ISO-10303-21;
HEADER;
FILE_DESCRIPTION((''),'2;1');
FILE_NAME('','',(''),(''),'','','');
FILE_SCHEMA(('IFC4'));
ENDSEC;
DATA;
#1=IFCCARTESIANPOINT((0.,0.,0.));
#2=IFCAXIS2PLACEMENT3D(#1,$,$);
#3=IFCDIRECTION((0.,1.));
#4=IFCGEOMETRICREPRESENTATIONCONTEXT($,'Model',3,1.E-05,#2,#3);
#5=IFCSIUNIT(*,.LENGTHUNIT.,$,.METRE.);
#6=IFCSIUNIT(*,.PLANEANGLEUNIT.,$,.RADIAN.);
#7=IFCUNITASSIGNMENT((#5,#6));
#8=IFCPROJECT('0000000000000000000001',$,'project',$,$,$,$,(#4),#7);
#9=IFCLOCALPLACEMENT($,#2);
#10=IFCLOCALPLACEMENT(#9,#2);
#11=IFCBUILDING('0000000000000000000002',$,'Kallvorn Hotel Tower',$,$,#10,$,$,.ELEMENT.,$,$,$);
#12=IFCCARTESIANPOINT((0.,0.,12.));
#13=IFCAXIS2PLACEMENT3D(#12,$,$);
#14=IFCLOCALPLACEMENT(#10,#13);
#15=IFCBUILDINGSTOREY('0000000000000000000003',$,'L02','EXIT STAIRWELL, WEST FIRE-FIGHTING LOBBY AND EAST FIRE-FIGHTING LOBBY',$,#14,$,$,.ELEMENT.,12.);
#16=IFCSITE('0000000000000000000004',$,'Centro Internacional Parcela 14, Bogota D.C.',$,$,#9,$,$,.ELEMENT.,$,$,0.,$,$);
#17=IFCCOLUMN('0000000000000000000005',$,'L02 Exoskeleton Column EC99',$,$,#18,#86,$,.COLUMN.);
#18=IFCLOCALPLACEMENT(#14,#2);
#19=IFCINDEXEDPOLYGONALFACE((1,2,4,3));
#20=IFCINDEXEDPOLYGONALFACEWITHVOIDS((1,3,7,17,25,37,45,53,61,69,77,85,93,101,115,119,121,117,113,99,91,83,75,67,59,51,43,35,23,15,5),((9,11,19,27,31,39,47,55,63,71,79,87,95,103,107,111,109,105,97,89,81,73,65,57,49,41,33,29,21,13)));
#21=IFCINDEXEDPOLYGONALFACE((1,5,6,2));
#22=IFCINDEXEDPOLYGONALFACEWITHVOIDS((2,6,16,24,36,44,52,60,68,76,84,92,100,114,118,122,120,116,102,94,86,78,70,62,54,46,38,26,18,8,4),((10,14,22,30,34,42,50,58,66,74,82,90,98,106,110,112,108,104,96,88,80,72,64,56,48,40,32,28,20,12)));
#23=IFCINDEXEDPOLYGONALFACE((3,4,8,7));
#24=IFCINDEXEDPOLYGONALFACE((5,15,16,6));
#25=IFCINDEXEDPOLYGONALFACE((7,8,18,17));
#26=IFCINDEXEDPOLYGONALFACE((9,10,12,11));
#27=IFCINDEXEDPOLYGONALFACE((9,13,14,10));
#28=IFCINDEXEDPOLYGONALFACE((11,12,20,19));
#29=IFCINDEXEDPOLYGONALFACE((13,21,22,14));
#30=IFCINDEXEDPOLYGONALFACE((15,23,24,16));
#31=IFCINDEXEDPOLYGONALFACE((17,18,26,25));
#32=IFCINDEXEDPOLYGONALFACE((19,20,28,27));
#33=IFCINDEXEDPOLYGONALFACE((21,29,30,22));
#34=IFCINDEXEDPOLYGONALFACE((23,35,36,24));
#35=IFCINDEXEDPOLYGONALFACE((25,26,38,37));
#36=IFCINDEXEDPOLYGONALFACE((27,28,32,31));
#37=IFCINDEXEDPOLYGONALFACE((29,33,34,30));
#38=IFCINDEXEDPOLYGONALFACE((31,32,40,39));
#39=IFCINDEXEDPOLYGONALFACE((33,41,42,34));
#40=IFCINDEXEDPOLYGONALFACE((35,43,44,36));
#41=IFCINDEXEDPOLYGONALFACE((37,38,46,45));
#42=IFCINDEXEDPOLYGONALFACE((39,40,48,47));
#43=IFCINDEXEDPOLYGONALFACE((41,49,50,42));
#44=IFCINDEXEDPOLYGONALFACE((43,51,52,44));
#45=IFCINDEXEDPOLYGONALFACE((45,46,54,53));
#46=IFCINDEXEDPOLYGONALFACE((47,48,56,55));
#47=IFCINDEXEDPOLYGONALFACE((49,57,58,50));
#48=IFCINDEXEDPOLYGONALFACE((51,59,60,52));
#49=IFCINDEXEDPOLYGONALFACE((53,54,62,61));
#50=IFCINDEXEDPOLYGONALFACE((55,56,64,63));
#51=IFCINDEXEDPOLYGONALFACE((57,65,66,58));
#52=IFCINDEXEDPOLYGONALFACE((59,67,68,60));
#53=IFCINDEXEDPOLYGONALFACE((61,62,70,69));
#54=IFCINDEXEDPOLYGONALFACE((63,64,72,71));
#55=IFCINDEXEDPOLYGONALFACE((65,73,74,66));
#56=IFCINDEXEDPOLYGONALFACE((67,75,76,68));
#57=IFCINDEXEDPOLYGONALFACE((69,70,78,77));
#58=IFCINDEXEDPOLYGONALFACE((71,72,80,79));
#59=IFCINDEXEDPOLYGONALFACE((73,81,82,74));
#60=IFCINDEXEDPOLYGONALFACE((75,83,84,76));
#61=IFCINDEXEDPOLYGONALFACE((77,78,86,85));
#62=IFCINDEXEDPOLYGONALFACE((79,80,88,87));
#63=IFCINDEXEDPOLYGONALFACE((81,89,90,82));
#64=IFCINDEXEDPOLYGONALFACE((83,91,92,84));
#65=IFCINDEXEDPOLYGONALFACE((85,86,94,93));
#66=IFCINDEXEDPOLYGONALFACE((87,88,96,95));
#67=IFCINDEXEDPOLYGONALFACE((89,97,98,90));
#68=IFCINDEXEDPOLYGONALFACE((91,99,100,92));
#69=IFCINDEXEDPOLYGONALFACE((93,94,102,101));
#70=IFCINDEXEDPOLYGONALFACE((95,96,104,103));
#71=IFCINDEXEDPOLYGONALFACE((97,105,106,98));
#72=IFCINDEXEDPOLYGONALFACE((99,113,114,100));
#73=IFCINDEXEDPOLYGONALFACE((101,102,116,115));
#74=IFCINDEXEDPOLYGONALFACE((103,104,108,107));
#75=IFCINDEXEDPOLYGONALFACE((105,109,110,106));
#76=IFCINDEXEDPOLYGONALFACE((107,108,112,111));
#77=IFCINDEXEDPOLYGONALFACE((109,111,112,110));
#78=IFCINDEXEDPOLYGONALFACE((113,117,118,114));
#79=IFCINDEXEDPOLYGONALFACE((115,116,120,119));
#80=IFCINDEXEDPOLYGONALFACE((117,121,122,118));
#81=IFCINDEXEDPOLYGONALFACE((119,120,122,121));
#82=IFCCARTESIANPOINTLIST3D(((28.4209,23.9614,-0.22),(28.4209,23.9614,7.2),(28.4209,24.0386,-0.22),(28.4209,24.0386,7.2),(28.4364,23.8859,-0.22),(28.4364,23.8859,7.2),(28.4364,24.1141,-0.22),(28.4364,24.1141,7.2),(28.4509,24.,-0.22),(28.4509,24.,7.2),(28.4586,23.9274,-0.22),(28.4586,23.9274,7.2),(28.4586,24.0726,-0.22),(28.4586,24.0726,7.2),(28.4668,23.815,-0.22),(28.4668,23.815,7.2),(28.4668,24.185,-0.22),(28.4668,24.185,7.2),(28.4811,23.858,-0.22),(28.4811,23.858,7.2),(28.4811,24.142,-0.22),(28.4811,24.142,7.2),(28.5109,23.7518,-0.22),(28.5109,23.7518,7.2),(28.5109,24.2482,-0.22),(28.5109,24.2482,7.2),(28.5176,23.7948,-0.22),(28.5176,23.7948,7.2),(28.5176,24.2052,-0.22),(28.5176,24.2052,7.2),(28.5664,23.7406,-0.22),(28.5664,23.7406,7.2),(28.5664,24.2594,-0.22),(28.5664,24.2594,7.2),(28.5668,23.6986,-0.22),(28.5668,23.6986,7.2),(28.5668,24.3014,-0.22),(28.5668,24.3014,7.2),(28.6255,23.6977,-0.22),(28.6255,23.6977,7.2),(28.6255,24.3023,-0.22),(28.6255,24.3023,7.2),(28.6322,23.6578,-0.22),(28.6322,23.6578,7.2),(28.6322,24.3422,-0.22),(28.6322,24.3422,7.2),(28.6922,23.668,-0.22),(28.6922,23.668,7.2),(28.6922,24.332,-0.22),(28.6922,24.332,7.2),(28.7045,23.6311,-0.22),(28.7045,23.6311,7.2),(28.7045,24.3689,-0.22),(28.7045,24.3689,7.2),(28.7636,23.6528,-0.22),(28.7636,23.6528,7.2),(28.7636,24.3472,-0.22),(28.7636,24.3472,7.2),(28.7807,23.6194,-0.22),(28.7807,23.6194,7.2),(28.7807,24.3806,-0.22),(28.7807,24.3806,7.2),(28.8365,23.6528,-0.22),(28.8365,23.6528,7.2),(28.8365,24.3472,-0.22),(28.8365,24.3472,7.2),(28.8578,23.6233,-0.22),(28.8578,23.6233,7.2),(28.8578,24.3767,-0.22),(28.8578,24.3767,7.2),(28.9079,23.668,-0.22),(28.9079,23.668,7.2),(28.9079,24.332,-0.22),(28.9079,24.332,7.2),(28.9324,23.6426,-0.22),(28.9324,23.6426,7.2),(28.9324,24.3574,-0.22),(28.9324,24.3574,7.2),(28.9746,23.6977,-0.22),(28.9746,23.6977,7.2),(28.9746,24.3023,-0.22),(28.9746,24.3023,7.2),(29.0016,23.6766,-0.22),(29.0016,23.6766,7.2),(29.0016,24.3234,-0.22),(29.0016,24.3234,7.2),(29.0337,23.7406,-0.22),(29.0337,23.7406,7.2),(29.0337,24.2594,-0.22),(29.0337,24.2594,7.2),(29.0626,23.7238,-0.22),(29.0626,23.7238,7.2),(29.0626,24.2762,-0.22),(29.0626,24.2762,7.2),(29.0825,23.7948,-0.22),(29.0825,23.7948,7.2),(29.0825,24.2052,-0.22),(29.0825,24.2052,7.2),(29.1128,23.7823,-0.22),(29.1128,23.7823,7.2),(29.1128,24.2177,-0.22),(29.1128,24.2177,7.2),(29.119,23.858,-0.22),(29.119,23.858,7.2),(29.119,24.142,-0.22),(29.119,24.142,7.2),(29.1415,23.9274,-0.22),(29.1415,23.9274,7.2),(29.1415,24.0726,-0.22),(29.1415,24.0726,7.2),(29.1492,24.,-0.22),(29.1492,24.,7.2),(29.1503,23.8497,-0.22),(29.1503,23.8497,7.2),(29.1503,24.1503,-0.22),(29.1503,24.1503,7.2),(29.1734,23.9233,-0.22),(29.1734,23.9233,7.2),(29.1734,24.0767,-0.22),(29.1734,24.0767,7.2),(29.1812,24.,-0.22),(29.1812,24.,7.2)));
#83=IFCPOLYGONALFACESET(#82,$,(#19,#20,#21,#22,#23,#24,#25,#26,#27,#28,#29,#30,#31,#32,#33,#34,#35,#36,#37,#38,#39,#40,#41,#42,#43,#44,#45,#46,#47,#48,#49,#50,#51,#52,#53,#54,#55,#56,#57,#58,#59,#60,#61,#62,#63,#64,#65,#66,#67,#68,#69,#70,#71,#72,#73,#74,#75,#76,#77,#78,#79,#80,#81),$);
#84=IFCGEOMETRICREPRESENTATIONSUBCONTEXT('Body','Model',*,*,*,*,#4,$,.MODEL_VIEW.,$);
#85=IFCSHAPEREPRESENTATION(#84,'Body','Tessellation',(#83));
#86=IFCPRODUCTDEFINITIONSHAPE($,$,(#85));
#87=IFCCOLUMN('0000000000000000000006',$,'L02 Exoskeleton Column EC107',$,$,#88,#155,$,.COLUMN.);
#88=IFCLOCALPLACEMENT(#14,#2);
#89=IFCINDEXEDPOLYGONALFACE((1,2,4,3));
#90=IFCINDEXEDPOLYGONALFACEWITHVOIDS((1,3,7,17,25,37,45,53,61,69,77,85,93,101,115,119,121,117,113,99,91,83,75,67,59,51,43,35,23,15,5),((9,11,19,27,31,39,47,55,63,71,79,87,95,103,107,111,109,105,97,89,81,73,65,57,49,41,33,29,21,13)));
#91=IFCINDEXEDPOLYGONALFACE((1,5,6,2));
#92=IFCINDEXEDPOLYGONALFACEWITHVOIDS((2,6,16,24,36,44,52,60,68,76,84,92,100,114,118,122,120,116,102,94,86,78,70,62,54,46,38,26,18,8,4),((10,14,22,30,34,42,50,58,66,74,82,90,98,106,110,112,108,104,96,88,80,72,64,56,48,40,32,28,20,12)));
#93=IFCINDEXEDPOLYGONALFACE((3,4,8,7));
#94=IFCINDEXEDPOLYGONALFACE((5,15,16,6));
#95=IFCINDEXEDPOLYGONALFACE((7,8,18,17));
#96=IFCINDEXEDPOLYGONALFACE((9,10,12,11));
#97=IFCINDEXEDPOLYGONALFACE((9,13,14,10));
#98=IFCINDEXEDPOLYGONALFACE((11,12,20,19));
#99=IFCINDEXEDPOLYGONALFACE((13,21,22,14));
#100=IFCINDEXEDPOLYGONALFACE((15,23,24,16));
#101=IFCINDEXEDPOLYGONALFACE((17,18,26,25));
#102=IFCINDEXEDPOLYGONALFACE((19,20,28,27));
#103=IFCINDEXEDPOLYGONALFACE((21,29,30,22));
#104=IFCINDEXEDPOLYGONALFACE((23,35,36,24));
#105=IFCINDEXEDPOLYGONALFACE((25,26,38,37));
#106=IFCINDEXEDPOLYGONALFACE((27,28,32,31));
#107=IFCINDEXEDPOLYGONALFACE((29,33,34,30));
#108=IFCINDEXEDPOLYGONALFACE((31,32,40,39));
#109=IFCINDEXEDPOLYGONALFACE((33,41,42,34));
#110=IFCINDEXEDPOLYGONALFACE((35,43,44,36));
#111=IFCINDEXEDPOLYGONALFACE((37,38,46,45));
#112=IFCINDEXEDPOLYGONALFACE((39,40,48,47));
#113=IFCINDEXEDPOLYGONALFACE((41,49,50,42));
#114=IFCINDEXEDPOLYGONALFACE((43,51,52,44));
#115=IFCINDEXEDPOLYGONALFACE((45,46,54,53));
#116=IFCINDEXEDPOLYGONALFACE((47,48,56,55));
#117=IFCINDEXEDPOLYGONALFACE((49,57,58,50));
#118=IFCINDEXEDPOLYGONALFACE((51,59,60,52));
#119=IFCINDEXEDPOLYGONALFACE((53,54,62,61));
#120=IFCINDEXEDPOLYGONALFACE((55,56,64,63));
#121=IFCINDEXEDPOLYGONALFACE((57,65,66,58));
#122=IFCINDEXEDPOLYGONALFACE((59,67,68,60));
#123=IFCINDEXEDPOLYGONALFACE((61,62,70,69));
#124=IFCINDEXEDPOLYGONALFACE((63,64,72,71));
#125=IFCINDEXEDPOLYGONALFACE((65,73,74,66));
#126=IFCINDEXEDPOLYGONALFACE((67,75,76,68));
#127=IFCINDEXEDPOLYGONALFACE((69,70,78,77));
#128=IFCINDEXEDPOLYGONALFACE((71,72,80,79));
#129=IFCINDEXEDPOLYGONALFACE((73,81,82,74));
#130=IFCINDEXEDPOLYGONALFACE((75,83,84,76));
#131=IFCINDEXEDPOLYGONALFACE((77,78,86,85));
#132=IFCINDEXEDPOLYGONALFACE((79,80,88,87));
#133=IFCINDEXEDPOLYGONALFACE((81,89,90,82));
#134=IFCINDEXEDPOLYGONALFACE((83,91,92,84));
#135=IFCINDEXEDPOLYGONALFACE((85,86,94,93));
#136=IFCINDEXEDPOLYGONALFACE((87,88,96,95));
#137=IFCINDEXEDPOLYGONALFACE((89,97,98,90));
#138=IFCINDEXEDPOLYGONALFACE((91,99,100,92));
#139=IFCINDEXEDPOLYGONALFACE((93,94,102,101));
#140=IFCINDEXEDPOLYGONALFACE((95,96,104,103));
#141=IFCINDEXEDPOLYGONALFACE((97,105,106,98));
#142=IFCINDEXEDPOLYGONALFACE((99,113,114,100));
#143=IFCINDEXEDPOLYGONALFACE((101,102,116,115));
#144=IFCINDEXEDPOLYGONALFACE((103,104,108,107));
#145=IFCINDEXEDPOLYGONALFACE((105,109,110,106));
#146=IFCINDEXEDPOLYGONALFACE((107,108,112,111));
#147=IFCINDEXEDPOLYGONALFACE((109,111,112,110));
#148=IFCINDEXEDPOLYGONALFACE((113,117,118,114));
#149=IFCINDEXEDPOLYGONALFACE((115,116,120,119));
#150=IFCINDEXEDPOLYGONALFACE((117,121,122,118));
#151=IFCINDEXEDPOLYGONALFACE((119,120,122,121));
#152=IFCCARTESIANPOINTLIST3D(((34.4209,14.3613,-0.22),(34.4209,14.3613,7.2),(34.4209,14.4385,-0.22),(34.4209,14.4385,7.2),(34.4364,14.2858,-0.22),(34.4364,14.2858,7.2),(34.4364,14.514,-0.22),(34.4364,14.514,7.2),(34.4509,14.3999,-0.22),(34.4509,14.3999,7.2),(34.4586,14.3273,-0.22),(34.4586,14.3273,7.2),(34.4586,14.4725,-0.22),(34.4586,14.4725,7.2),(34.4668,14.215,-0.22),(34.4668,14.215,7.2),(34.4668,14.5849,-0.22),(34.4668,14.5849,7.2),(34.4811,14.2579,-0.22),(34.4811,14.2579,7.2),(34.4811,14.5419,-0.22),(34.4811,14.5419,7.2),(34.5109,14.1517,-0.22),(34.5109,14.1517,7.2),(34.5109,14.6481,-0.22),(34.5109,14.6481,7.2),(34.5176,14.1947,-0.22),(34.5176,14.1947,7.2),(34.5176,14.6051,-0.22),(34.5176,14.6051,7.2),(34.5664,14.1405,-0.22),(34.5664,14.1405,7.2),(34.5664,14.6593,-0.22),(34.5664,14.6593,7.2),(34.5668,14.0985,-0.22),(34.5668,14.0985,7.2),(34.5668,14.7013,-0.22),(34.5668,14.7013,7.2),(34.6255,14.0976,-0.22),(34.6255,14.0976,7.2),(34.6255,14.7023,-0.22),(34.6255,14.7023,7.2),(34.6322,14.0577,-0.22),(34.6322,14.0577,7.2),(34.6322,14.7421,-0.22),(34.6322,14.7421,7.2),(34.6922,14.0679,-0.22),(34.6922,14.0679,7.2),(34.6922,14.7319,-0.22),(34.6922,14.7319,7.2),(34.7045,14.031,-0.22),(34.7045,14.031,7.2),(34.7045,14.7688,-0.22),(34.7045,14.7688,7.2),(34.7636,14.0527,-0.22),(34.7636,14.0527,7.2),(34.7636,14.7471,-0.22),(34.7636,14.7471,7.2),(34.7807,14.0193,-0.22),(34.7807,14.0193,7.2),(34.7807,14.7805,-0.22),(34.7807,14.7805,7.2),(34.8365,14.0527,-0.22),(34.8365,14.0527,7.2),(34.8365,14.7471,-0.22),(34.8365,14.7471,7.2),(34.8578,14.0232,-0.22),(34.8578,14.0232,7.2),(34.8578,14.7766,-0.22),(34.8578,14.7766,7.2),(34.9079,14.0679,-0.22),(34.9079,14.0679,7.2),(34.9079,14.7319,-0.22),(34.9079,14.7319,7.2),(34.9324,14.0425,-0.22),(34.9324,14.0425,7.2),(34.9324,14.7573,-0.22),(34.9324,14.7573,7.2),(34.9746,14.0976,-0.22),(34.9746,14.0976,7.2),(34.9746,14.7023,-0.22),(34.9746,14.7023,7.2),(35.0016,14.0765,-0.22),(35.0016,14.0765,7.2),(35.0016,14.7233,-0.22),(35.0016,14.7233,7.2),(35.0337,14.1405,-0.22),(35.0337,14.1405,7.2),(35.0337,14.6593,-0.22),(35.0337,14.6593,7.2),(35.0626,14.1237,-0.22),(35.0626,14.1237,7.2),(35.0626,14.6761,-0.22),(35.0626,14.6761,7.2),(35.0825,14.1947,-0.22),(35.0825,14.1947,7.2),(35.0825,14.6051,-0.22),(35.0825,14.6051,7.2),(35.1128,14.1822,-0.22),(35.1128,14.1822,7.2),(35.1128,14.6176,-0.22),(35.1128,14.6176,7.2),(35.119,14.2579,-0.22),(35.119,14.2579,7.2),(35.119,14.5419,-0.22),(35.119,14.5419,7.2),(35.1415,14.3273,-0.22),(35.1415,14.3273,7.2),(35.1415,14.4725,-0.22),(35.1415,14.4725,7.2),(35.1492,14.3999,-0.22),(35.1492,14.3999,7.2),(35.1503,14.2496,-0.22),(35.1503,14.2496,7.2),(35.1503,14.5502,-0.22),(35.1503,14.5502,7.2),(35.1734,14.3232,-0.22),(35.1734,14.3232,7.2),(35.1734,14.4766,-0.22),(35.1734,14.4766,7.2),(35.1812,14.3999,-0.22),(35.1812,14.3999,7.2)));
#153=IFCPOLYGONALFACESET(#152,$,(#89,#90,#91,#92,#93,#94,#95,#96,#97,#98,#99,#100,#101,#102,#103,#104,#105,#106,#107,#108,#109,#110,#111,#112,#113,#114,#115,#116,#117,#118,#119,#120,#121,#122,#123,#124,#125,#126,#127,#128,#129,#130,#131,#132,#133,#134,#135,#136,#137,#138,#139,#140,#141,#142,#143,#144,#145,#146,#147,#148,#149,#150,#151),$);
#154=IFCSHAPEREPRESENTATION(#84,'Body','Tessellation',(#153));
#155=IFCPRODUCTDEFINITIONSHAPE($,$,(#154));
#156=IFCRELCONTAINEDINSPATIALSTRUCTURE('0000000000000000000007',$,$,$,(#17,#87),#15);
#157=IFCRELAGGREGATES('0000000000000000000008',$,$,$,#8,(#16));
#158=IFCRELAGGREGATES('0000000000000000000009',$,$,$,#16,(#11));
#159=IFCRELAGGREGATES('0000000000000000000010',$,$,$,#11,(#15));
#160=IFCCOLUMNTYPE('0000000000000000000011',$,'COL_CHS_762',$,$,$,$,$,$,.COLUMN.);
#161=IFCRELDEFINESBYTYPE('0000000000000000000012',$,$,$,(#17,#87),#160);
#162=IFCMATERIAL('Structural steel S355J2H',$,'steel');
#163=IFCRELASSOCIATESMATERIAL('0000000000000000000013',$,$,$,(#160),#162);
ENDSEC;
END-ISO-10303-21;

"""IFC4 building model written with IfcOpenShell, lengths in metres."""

from ifc_helpers import new_model, si_unit, direction, frame, origin, origin_2d, place, context, subcontext, project, spatial, hollow_circle, extrude, material, material_profile, profile_set, type_object, element, save


model = new_model("IFC4")

# Units and contexts
model_context = context("Model", 3, precision=1e-05, world=origin(), true_north=direction((0.0, 1.0)))
body_context = subcontext(model_context, "Body", "Model", "MODEL_VIEW")
ifc_project = project(units=[si_unit("LENGTHUNIT", "METRE"), si_unit("PLANEANGLEUNIT", "RADIAN")], contexts=[model_context])

# Site, building, storey
site_placement = place(None, origin())
site = spatial("IfcSite", under=ifc_project, at=site_placement, Name="Centro Internacional Parcela 14, Bogota D.C.", CompositionType="ELEMENT", RefElevation=0.0)
building_placement = place(site_placement, origin())
building = spatial("IfcBuilding", under=site, at=building_placement, Name="Kallvorn Hotel Tower", CompositionType="ELEMENT")
storey_placement = place(building_placement, frame((0.0, 0.0, 12.0)))
storey = spatial("IfcBuildingStorey", under=building, at=storey_placement, Name="L02", Description="EXIT STAIRWELL, WEST FIRE-FIGHTING LOBBY AND EAST FIRE-FIGHTING LOBBY", CompositionType="ELEMENT", Elevation=12.0)

# Columns
ifc_material_1 = material(Name="Structural steel S355J2H", Category="steel")
ifc_material_profile_1 = material_profile(ifc_material_1, hollow_circle(Radius=0.3811, WallThickness=0.032, at=origin_2d()), Name="CHS 762x32")
ifc_profile_set_1 = profile_set([ifc_material_profile_1], Name="Structural steel S355J2H")
column_type_1 = type_object("IfcColumnType", Name="COL_CHS_762", PredefinedType="COLUMN", material=ifc_profile_set_1)
for number, where, z_axis, x_axis, name in (
    (1, (28.8, 24.0, -0.22), (0.0, 0.0, 1.0), (1.0, 0.0, 0.0), "L02 Exoskeleton Column EC99"),
    (2, (34.8, 14.3999, -0.22), (0.0, 0.0, 1.0), (1.0, 0.0, 0.0), "L02 Exoskeleton Column EC107"),
):
    element("IfcColumn", number, at=place(storey_placement, frame(where, z_axis=z_axis, x_axis=x_axis)), inside=storey, type_object=column_type_1, Name=name, PredefinedType="COLUMN", context=body_context, shape_type="SweptSolid", body=[
        extrude(hollow_circle(Radius=0.3811, WallThickness=0.032, at=origin_2d()), origin(), (0.0, 0.0, 1.0), 7.4199),
    ])

save(model, "model.ifc")
